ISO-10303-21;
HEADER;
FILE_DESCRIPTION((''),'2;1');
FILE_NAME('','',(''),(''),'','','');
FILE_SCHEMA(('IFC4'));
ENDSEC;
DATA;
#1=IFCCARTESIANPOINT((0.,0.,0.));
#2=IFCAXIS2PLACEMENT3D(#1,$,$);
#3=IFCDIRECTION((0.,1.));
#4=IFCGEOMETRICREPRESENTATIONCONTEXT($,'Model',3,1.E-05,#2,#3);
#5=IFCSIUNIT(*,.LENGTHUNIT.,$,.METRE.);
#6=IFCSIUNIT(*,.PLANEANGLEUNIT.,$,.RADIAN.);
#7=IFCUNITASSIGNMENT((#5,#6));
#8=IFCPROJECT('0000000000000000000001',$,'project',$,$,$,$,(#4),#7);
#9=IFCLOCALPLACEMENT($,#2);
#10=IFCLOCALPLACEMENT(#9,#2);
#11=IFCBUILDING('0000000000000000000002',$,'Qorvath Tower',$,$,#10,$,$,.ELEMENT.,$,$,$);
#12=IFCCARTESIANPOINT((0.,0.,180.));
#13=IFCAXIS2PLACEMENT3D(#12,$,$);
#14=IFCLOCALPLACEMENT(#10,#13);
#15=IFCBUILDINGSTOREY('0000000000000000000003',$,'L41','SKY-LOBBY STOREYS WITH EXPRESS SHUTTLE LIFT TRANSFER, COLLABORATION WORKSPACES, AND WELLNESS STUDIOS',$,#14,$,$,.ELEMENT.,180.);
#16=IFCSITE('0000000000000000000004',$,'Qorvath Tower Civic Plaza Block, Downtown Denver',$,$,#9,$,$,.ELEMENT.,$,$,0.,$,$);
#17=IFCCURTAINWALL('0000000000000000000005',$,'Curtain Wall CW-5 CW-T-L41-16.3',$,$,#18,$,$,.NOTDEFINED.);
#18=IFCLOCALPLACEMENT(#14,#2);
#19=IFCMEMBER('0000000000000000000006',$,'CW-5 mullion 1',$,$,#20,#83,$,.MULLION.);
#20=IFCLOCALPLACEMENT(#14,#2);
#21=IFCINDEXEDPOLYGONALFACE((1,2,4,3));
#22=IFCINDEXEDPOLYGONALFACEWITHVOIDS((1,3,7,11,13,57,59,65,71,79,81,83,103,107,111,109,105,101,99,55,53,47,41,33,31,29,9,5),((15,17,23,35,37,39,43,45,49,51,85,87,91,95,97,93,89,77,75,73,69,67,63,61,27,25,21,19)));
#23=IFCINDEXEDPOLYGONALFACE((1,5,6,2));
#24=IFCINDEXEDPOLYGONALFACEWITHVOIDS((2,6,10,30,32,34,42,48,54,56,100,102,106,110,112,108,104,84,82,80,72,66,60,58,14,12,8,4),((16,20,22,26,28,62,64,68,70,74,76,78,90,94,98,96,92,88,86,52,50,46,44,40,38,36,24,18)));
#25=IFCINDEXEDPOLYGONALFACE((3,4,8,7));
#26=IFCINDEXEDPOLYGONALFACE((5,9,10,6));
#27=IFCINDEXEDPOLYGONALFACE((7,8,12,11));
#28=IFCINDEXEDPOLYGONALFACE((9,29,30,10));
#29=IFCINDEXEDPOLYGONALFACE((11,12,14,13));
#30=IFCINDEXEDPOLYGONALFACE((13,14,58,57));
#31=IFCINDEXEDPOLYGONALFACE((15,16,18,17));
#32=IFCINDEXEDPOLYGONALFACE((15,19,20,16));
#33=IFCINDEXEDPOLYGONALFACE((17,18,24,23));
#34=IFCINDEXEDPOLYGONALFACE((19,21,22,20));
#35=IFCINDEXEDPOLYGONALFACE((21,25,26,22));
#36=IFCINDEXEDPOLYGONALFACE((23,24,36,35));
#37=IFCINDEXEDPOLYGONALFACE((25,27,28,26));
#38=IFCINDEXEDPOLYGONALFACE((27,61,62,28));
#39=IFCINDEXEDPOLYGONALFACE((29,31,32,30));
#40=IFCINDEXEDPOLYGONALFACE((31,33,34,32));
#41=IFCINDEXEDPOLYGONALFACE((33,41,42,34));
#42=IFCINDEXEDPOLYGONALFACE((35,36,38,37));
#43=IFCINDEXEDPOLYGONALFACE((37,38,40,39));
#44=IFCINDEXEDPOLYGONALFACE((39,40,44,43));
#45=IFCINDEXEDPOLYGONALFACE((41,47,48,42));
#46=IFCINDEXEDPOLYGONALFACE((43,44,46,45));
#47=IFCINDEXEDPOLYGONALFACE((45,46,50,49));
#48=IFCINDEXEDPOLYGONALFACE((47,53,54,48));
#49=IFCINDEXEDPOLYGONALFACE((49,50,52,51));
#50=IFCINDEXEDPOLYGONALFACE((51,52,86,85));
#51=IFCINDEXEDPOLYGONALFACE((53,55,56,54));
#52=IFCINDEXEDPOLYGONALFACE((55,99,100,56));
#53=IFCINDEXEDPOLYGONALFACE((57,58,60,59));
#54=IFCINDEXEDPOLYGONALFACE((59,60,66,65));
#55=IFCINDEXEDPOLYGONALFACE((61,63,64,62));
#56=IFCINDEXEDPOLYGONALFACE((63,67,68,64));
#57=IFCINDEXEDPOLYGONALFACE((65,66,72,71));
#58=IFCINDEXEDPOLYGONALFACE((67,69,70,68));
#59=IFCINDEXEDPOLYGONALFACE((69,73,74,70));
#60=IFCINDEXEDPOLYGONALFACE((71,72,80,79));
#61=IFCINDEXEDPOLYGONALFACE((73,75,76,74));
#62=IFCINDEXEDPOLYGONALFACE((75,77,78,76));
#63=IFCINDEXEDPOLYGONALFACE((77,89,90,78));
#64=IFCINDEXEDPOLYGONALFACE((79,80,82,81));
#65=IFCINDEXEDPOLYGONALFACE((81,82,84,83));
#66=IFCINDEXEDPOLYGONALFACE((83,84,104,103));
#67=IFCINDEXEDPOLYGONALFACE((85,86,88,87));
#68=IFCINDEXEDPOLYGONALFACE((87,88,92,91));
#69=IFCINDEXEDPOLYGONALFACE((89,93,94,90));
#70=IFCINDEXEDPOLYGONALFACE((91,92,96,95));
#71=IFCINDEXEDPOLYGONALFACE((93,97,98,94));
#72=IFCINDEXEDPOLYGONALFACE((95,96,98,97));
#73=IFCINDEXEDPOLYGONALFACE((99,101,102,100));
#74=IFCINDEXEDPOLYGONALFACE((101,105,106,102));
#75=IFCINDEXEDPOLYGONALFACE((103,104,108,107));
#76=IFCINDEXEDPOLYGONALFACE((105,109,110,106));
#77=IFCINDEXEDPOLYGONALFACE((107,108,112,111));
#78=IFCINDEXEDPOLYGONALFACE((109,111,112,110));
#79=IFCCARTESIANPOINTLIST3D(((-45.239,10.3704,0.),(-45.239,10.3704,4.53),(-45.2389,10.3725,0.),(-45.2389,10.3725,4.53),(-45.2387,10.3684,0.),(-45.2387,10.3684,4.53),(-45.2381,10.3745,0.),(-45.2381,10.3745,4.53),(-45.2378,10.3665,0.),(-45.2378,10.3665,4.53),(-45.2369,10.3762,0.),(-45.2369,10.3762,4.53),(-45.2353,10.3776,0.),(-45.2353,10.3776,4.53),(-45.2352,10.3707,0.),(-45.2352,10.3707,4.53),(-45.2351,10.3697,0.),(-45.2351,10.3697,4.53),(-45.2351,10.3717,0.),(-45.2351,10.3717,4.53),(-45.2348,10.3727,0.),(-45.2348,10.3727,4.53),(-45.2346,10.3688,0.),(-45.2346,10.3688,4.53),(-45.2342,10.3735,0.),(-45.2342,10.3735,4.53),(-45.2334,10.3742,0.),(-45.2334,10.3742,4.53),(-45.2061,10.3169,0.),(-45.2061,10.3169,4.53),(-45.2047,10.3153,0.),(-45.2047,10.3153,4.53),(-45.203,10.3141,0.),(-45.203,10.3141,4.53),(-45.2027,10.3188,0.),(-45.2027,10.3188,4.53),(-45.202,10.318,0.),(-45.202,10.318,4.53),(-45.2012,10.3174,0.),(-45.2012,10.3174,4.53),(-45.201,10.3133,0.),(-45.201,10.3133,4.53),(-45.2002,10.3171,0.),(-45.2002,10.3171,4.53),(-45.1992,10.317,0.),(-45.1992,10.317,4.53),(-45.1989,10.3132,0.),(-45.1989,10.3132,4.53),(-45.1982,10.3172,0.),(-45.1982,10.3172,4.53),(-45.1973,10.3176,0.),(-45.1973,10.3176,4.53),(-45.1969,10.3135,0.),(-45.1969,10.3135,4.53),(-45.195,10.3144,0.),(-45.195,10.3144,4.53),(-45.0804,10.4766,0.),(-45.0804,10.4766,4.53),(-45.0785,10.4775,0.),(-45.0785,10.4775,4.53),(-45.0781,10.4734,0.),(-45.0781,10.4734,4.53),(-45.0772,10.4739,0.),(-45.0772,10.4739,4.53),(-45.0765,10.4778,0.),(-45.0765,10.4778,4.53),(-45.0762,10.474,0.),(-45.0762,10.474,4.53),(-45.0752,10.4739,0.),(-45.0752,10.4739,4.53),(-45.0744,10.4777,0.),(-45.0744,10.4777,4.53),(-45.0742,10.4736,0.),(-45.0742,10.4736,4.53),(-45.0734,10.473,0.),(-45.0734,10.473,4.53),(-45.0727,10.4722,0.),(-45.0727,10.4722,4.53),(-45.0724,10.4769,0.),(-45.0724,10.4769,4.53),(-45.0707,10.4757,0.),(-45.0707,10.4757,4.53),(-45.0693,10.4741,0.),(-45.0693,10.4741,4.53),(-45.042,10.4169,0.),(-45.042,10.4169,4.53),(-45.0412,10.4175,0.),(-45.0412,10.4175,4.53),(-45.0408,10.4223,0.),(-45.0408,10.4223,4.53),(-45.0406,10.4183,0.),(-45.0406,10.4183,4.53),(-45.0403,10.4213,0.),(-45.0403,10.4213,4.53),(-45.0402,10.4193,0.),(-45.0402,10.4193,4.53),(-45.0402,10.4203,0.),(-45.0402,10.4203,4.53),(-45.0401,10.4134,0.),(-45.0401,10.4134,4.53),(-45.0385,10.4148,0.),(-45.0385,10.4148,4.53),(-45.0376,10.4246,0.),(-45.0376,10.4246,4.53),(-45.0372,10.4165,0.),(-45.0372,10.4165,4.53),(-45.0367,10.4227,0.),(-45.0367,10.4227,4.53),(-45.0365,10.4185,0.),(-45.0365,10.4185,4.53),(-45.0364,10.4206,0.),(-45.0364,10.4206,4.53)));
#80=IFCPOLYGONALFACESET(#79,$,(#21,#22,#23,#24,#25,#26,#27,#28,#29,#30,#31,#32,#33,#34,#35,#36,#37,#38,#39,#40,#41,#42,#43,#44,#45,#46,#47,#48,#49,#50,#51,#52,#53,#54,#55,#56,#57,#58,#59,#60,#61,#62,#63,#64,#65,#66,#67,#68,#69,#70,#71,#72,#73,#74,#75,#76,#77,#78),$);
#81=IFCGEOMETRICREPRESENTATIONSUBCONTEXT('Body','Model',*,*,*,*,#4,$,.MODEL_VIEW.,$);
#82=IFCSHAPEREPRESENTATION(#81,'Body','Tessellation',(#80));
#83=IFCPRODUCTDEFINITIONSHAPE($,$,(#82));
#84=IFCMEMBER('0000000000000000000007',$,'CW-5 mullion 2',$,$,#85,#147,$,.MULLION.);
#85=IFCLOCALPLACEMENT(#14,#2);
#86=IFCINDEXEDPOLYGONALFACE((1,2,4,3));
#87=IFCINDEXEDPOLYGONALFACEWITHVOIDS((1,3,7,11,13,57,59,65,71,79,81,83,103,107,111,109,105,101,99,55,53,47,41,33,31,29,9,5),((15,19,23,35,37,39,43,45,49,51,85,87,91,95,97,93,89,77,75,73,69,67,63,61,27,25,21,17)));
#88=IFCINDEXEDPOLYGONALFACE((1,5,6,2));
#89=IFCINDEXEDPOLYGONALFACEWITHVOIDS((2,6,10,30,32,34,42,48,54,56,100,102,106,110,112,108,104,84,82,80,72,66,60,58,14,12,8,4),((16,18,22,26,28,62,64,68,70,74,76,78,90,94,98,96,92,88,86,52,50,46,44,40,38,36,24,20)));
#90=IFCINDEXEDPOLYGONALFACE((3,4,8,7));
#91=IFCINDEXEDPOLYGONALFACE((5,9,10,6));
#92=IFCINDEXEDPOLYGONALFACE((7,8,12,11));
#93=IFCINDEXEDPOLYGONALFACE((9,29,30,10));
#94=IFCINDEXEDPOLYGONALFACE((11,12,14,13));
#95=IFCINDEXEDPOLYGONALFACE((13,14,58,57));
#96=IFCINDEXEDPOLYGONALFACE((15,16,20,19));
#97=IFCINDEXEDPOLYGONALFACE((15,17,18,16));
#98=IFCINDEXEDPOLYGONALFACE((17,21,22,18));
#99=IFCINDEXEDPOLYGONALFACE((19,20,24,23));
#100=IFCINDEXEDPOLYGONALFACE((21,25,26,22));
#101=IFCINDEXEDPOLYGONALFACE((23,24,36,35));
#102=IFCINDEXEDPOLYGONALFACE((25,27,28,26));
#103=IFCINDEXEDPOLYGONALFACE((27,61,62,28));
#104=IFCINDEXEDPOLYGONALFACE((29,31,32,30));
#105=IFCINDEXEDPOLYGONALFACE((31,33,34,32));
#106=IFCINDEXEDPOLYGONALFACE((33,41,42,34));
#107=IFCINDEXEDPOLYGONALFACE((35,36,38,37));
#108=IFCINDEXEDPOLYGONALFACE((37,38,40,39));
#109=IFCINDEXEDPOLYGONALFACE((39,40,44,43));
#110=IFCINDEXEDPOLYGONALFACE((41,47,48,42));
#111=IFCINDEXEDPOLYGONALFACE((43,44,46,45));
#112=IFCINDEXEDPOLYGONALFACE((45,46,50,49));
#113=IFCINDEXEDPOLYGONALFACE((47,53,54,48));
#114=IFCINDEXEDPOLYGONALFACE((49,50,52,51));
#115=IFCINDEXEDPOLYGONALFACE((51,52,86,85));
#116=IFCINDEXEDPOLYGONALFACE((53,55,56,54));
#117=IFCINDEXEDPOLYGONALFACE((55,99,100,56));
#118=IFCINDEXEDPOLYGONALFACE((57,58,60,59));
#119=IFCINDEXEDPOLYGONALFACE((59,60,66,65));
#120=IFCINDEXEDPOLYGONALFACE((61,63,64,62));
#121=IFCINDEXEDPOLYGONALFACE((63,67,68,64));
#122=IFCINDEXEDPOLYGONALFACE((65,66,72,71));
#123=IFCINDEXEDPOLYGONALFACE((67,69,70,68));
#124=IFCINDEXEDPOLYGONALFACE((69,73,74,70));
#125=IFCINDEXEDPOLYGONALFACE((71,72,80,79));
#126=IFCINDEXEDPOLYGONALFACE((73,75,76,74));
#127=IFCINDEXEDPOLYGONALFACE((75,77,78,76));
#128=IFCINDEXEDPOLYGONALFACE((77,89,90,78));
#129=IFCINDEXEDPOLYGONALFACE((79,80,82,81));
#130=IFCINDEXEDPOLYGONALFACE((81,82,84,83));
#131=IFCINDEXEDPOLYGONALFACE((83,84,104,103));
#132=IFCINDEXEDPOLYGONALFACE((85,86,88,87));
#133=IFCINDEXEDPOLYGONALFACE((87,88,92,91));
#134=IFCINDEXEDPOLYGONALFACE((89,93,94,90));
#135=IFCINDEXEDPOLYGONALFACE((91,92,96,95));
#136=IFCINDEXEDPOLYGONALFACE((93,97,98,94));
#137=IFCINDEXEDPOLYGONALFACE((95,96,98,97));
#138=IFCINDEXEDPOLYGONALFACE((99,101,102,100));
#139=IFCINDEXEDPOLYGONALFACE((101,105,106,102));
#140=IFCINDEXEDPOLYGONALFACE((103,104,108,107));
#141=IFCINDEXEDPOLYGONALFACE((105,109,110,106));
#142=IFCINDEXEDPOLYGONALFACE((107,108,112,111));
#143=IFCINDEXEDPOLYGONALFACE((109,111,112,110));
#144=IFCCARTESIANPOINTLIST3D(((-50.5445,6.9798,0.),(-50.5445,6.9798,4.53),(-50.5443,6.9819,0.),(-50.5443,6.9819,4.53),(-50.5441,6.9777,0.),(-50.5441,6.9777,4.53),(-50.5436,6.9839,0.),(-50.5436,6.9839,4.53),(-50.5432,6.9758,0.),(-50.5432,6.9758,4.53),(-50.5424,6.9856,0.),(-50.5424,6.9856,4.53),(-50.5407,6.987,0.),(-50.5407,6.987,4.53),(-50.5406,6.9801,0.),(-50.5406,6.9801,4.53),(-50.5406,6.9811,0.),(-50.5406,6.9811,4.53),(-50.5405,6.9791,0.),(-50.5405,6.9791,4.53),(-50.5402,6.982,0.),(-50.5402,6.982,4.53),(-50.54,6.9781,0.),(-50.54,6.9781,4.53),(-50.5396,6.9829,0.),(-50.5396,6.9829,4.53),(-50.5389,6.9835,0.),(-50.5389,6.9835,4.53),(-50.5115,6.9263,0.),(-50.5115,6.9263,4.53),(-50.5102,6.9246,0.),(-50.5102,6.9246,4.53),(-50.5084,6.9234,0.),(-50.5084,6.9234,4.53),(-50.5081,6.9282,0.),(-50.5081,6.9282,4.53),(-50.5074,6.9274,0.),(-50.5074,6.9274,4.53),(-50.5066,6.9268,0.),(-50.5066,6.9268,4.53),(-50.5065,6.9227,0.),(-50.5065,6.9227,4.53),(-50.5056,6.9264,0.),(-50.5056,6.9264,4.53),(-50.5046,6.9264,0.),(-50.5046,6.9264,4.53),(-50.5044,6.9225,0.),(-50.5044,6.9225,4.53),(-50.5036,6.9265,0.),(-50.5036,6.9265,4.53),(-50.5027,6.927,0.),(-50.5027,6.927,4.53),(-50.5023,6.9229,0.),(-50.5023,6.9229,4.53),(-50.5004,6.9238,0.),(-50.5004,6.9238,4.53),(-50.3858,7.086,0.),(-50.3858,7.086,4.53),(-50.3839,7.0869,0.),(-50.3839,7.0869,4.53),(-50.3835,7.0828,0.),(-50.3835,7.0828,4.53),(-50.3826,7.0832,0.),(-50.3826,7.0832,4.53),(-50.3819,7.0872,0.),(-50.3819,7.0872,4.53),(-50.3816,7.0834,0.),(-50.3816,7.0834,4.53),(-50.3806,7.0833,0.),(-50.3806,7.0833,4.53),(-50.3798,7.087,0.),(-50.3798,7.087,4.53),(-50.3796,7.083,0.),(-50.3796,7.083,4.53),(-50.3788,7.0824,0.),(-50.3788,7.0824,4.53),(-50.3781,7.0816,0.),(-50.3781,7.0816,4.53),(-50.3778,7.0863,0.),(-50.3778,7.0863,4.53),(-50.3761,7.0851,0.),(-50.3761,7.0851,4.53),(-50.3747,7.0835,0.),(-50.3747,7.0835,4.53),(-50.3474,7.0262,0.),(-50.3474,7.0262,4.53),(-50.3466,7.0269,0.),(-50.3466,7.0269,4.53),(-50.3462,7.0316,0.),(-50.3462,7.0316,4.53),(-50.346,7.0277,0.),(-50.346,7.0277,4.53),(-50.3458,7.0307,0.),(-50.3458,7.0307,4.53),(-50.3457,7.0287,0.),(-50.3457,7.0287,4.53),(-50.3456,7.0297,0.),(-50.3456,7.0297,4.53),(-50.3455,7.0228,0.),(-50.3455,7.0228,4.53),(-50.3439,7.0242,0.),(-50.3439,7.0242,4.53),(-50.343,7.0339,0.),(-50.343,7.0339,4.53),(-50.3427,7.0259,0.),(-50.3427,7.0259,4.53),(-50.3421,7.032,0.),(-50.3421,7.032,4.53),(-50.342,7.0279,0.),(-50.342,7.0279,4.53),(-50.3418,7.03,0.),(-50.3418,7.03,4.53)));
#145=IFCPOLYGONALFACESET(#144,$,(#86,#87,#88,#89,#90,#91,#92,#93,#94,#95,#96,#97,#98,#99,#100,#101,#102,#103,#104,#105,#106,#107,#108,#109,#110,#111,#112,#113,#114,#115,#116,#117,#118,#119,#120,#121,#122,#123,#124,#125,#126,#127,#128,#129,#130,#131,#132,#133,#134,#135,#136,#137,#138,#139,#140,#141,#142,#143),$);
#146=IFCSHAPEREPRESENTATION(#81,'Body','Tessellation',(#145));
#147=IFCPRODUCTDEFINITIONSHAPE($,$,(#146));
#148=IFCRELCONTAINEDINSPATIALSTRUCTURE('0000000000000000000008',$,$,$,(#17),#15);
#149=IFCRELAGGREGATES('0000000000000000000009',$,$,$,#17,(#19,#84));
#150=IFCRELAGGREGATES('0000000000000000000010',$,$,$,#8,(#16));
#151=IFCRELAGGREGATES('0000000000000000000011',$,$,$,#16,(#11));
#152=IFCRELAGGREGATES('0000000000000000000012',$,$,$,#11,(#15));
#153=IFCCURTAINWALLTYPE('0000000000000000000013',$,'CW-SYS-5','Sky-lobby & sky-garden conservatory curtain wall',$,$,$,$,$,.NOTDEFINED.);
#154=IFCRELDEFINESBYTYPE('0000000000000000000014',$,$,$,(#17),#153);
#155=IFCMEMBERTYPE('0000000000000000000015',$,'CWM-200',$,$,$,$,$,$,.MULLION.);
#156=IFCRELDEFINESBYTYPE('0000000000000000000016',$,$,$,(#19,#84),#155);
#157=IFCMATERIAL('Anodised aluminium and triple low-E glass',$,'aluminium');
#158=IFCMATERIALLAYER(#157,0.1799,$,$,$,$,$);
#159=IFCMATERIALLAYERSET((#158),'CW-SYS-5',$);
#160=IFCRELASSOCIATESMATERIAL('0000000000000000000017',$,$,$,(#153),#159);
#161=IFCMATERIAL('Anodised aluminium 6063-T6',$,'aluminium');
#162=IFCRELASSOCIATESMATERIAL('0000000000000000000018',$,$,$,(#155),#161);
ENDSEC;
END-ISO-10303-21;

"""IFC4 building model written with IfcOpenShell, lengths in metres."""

from ifc_helpers import new_model, si_unit, direction, frame, origin, origin_2d, place, context, subcontext, project, spatial, hollow_rectangle, extrude, material, layer, layer_set, material_profile, profile_set, type_object, element, aggregate, save


model = new_model("IFC4")

# Units and contexts
model_context = context("Model", 3, precision=1e-05, world=origin(), true_north=direction((0.0, 1.0)))
body_context = subcontext(model_context, "Body", "Model", "MODEL_VIEW")
ifc_project = project(units=[si_unit("LENGTHUNIT", "METRE"), si_unit("PLANEANGLEUNIT", "RADIAN")], contexts=[model_context])

# Site, building, storey
site_placement = place(None, origin())
site = spatial("IfcSite", under=ifc_project, at=site_placement, Name="Qorvath Tower Civic Plaza Block, Downtown Denver", CompositionType="ELEMENT", RefElevation=0.0)
building_placement = place(site_placement, origin())
building = spatial("IfcBuilding", under=site, at=building_placement, Name="Qorvath Tower", CompositionType="ELEMENT")
storey_placement = place(building_placement, frame((0.0, 0.0, 180.0)))
storey = spatial("IfcBuildingStorey", under=building, at=storey_placement, Name="L41", Description="SKY-LOBBY STOREYS WITH EXPRESS SHUTTLE LIFT TRANSFER, COLLABORATION WORKSPACES, AND WELLNESS STUDIOS", CompositionType="ELEMENT", Elevation=180.0)

# Curtain wall, members
ifc_material_1 = material(Name="Anodised aluminium and triple low-E glass", Category="aluminium")
ifc_layer_1 = layer(ifc_material_1, 0.1799)
ifc_layer_set_1 = layer_set([ifc_layer_1], Name="CW-SYS-5")
curtain_wall_type = type_object("IfcCurtainWallType", Name="CW-SYS-5", Description="Sky-lobby & sky-garden conservatory curtain wall", PredefinedType="NOTDEFINED", material=ifc_layer_set_1)
ifc_material_2 = material(Name="Anodised aluminium 6063-T6", Category="aluminium")
ifc_material_profile_1 = material_profile(ifc_material_2, hollow_rectangle(XDim=0.075, YDim=0.2, WallThickness=0.0039, InnerFilletRadius=0.0039, OuterFilletRadius=0.0081, at=origin_2d()), Name="CWM 200x75")
ifc_profile_set_1 = profile_set([ifc_material_profile_1], Name="Anodised aluminium 6063-T6")
member_type_1 = type_object("IfcMemberType", Name="CWM-200", PredefinedType="MULLION", material=ifc_profile_set_1)
curtain_wall_1_placement = place(storey_placement, origin())
curtain_wall_1 = element("IfcCurtainWall", 1, at=curtain_wall_1_placement, inside=storey, type_object=curtain_wall_type, Name="Curtain Wall CW-5 CW-T-L41-16.3", PredefinedType="NOTDEFINED")
member_1_placement = place(storey_placement, frame((-45.1377, 10.3955, 0.0), z_axis=(0.0, 0.0, 1.0), x_axis=(0.538533, -0.842605, 0.0)))
member_1 = element("IfcMember", 2, at=member_1_placement, type_object=member_type_1, Name="CW-5 mullion 1", PredefinedType="MULLION", context=body_context, shape_type="SweptSolid", body=[
    extrude(hollow_rectangle(XDim=0.075, YDim=0.2, WallThickness=0.0039, InnerFilletRadius=0.0039, OuterFilletRadius=0.0081, at=origin_2d()), origin(), (0.0, 0.0, 1.0), 4.53),
])
member_2_placement = place(storey_placement, frame((-50.4431, 7.0049, 0.0), z_axis=(0.0, 0.0, 1.0), x_axis=(0.538533, -0.842605, 0.0)))
member_2 = element("IfcMember", 3, at=member_2_placement, type_object=member_type_1, Name="CW-5 mullion 2", PredefinedType="MULLION", context=body_context, shape_type="SweptSolid", body=[
    extrude(hollow_rectangle(XDim=0.075, YDim=0.2, WallThickness=0.0039, InnerFilletRadius=0.0039, OuterFilletRadius=0.0081, at=origin_2d()), origin(), (0.0, 0.0, 1.0), 4.53),
])

aggregate(curtain_wall_1, [member_1, member_2])

save(model, "model.ifc")
